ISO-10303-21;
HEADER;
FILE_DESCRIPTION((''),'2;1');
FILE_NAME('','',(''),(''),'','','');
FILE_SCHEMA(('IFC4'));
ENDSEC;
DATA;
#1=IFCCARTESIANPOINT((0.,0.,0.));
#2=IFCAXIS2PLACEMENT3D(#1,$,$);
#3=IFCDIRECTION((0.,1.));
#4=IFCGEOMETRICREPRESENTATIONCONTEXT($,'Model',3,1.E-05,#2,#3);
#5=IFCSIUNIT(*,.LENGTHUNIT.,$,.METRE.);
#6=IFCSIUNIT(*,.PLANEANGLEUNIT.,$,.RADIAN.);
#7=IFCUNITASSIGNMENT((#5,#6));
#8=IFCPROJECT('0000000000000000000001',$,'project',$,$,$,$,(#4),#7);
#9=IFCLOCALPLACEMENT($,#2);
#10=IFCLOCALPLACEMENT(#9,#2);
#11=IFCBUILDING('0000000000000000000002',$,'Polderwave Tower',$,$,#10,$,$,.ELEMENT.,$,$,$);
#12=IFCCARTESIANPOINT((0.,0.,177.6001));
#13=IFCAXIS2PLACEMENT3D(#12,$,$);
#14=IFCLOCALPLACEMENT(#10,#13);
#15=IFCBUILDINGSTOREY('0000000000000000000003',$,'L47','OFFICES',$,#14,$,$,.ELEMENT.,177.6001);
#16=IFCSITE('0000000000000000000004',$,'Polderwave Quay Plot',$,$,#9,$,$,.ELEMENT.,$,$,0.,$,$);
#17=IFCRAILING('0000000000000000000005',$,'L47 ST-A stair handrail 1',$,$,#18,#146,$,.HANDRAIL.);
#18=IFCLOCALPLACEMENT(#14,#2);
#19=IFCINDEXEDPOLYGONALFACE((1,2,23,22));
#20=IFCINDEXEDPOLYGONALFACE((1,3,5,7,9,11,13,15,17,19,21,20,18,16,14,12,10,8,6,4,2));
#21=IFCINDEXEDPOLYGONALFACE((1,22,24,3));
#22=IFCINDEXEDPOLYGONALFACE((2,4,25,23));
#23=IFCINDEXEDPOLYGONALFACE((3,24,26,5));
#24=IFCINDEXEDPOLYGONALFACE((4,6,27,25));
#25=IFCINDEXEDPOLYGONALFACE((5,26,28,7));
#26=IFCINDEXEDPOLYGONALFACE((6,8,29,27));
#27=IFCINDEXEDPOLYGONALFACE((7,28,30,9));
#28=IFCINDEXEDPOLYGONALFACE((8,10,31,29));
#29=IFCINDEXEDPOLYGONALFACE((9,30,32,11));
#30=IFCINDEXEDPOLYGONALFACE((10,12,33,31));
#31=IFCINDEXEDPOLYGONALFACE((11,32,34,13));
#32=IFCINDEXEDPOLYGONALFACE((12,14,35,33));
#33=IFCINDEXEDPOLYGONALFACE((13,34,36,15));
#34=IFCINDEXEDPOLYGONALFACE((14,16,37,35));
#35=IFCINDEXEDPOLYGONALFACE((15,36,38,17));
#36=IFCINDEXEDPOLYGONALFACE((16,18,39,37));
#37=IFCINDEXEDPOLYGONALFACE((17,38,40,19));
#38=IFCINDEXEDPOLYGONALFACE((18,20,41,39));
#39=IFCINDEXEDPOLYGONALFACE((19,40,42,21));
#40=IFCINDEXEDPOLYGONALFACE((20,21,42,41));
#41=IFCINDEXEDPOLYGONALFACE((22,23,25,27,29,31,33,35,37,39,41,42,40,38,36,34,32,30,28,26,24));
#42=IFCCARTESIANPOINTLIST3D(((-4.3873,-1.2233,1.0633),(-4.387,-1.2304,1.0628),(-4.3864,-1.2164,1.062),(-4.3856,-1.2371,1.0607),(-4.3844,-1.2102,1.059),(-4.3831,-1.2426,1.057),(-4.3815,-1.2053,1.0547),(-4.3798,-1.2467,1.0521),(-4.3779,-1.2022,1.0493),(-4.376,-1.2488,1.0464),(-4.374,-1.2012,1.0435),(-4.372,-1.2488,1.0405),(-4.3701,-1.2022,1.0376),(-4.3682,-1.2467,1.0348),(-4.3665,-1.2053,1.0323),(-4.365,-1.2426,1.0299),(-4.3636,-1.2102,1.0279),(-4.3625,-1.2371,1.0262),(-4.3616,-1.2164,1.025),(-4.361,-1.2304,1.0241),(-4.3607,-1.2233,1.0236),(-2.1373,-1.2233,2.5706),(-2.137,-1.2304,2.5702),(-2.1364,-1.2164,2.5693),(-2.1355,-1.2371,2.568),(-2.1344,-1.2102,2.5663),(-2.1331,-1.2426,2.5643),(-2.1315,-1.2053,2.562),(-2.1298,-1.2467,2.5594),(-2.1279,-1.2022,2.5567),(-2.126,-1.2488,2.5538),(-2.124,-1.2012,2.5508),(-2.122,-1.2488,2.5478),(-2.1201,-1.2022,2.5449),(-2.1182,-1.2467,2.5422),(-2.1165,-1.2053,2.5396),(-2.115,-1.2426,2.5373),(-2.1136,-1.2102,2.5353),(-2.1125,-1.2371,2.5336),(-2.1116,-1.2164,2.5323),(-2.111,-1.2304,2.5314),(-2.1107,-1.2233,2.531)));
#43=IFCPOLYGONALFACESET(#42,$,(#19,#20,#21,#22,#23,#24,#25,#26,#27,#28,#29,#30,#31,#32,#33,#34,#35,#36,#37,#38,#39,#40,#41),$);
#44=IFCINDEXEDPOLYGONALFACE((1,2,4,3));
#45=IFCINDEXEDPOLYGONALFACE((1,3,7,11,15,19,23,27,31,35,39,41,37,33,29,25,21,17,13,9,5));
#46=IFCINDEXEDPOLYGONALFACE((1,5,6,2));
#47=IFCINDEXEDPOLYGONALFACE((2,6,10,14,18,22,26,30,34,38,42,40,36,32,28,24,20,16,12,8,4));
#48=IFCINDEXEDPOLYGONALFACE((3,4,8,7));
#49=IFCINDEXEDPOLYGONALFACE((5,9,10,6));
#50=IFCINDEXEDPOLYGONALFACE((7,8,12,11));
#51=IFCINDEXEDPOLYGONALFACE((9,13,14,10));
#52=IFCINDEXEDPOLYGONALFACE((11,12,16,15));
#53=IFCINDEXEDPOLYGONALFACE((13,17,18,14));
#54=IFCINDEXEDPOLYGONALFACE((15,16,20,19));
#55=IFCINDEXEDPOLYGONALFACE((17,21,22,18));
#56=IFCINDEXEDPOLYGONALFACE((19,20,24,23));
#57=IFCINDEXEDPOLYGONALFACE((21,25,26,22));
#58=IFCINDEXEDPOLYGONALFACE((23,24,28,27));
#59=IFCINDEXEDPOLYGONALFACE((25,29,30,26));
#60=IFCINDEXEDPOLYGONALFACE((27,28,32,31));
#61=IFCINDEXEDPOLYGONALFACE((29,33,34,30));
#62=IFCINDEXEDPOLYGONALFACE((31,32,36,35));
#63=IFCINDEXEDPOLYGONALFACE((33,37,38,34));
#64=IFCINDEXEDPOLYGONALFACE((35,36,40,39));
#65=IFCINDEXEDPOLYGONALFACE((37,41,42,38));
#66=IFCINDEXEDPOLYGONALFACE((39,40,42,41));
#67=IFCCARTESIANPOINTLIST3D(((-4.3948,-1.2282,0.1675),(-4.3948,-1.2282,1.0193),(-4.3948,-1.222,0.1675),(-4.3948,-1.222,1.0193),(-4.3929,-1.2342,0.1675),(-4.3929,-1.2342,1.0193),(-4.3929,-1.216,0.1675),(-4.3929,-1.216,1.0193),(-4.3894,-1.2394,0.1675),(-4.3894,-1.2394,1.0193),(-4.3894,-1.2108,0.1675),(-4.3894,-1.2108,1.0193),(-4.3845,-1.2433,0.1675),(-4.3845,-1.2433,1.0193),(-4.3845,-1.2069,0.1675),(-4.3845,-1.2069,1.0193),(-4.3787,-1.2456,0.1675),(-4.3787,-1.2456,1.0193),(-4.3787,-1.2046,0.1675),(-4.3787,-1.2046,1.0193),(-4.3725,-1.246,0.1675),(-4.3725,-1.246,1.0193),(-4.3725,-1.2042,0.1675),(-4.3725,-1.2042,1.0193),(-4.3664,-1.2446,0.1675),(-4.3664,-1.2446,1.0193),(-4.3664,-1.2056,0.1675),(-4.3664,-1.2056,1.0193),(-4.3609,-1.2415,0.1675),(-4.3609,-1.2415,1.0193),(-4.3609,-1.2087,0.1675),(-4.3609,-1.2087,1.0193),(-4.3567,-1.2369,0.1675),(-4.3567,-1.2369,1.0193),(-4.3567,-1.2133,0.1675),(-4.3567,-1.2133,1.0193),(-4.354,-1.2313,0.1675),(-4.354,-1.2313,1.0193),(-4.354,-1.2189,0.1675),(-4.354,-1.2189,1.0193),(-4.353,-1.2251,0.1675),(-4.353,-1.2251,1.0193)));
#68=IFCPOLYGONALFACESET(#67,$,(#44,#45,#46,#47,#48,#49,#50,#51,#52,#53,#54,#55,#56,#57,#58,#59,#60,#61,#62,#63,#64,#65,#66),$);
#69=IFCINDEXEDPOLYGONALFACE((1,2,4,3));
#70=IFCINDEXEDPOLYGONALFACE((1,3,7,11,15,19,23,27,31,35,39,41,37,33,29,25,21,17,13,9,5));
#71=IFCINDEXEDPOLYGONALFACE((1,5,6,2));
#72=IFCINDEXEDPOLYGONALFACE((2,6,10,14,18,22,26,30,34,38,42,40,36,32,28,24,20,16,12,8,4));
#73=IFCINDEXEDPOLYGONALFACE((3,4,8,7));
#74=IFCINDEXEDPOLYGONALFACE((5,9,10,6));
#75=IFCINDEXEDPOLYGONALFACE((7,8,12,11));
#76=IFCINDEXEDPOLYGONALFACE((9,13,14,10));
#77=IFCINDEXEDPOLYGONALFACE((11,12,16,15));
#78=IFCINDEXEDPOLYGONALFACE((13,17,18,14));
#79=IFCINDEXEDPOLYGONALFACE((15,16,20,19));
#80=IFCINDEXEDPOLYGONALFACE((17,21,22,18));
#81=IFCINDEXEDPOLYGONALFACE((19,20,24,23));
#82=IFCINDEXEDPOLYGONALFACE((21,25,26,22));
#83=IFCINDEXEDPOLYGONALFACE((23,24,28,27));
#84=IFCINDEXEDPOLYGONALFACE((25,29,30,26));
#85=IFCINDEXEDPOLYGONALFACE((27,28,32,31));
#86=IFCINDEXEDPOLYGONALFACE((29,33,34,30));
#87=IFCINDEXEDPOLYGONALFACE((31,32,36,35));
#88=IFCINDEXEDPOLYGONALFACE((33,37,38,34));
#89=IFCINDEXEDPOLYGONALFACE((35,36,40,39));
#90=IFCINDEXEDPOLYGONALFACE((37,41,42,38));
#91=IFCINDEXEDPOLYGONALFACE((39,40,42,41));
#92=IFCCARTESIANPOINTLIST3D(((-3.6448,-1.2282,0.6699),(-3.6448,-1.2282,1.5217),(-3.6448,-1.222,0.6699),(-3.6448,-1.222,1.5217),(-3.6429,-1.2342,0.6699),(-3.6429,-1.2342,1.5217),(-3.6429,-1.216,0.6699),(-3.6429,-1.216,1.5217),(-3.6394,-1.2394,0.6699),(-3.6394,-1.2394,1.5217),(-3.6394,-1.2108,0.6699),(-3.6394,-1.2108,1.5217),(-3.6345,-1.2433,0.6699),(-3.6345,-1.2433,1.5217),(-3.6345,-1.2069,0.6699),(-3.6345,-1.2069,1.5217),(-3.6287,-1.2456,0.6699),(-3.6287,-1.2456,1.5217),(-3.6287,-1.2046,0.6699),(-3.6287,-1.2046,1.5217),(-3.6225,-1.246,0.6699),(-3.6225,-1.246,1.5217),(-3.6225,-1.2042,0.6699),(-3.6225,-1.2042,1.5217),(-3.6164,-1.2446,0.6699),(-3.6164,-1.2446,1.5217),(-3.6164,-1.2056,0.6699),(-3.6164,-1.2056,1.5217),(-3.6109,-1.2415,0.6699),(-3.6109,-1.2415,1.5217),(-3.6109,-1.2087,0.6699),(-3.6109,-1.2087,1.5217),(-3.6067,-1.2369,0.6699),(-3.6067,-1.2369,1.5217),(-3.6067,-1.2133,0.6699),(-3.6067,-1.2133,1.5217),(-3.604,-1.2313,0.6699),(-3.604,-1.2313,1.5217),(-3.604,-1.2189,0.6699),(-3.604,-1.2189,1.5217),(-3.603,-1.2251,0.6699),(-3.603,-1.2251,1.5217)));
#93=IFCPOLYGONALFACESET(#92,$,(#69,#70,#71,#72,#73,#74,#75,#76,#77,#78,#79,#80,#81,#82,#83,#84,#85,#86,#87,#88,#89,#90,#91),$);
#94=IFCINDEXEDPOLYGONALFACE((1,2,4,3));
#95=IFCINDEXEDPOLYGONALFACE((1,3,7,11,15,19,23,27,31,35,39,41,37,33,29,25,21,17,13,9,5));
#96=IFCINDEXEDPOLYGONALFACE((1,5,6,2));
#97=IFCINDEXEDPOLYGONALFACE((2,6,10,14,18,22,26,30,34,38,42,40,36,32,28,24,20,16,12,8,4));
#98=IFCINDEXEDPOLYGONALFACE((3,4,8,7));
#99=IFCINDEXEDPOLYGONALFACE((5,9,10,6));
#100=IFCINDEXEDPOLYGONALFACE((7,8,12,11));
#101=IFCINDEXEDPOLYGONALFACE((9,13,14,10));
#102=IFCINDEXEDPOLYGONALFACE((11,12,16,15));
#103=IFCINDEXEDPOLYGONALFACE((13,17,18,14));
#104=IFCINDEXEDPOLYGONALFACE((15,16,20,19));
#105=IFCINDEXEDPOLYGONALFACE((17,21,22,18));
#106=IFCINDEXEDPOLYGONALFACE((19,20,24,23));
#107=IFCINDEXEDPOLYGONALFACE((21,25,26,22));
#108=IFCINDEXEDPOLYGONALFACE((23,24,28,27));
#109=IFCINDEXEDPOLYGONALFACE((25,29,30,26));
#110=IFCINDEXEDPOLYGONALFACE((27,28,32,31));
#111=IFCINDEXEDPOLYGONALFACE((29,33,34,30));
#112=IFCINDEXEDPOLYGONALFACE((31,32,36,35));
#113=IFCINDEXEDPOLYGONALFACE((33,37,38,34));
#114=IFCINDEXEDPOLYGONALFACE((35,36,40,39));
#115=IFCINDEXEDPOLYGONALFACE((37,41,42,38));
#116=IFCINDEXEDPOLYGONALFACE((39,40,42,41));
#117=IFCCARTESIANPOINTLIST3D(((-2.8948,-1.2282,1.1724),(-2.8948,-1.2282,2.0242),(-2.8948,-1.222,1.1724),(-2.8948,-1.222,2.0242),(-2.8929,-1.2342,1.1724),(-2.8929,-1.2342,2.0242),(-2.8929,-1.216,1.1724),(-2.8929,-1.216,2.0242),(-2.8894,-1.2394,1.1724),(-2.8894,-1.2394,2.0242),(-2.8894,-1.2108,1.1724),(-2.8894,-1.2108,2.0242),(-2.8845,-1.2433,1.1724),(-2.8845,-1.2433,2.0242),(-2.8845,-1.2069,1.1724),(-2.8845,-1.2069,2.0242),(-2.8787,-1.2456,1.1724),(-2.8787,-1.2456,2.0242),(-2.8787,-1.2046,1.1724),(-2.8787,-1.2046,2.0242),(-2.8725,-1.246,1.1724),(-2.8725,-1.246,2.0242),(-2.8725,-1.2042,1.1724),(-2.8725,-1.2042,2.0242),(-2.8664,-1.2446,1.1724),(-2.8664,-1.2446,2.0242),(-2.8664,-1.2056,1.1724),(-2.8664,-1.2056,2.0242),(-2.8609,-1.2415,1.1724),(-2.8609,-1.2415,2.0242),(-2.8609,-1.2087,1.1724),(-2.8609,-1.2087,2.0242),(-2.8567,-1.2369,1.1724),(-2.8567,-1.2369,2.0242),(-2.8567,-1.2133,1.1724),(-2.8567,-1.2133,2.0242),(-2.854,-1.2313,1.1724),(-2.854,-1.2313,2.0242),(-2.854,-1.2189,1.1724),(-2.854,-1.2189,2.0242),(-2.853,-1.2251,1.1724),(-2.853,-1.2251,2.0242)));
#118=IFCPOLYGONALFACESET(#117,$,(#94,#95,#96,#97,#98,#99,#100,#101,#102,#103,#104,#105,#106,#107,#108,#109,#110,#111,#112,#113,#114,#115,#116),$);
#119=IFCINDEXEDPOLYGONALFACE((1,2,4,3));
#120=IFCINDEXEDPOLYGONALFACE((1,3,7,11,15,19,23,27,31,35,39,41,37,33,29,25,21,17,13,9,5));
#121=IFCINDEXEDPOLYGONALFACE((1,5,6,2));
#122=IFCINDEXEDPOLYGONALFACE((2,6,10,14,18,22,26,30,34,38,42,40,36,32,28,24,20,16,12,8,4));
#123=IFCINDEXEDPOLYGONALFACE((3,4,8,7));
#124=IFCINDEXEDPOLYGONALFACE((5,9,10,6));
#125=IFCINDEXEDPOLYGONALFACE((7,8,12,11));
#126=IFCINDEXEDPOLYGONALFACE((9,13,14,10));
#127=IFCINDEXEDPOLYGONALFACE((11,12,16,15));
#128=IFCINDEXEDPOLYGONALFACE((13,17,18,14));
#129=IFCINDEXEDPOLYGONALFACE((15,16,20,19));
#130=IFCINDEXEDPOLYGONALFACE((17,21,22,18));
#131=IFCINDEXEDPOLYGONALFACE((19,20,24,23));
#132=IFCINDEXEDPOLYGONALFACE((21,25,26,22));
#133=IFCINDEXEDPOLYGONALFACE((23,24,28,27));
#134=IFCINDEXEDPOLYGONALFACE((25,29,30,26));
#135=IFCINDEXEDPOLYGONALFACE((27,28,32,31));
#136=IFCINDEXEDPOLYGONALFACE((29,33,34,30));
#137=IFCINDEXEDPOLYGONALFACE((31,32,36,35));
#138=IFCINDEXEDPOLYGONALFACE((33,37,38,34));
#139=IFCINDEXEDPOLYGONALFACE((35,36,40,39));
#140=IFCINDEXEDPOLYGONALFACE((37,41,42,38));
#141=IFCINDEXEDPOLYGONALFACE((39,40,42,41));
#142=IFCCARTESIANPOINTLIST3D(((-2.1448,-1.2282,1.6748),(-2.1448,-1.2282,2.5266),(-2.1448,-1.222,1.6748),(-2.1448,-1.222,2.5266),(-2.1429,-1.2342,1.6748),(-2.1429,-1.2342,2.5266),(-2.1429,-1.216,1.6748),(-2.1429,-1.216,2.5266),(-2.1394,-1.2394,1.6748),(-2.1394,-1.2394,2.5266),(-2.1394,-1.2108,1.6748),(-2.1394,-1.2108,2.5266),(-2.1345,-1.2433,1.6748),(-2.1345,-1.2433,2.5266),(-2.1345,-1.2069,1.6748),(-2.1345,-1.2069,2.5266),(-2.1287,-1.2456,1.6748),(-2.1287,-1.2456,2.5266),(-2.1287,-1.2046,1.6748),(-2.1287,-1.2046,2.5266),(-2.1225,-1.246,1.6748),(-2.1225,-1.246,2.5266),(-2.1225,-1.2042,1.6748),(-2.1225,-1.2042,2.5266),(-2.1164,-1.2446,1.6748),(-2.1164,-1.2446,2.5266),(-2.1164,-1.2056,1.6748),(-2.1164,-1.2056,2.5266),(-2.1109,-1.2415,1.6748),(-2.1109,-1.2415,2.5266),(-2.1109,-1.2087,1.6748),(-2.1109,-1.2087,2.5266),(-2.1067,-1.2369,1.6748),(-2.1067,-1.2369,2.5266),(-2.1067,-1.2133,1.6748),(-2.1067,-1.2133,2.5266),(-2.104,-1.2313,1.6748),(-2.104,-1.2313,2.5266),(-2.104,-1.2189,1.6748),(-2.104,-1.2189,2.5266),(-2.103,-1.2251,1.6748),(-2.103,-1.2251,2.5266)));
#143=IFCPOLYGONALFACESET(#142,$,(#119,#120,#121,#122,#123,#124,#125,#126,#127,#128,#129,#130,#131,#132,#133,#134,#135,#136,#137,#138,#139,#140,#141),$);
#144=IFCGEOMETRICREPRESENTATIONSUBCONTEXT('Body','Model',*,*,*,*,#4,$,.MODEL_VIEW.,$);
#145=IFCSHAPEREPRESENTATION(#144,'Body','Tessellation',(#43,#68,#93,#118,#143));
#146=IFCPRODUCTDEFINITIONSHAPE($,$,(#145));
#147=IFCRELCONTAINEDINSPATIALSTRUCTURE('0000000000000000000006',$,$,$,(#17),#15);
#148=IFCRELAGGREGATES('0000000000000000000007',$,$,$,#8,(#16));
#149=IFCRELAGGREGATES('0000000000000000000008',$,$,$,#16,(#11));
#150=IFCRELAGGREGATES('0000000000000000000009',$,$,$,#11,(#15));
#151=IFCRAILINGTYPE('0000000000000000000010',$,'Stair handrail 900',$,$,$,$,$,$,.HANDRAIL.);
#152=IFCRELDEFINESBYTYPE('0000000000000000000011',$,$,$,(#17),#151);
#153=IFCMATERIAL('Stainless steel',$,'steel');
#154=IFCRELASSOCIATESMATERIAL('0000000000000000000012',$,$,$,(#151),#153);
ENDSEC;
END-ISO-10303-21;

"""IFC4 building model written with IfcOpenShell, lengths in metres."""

from ifc_helpers import new_model, si_unit, direction, frame, origin, origin_2d, place, context, subcontext, project, spatial, circle, extrude, material, type_object, element, save


model = new_model("IFC4")

# Units and contexts
model_context = context("Model", 3, precision=1e-05, world=origin(), true_north=direction((0.0, 1.0)))
body_context = subcontext(model_context, "Body", "Model", "MODEL_VIEW")
ifc_project = project(units=[si_unit("LENGTHUNIT", "METRE"), si_unit("PLANEANGLEUNIT", "RADIAN")], contexts=[model_context])

# Site, building, storey
site_placement = place(None, origin())
site = spatial("IfcSite", under=ifc_project, at=site_placement, Name="Polderwave Quay Plot", CompositionType="ELEMENT", RefElevation=0.0)
building_placement = place(site_placement, origin())
building = spatial("IfcBuilding", under=site, at=building_placement, Name="Polderwave Tower", CompositionType="ELEMENT")
storey_placement = place(building_placement, frame((0.0, 0.0, 177.6001)))
storey = spatial("IfcBuildingStorey", under=building, at=storey_placement, Name="L47", Description="OFFICES", CompositionType="ELEMENT", Elevation=177.6001)

# Shared definitions
ifc_material_1 = material(Name="Stainless steel", Category="steel")

# Railing
railing_type_1 = type_object("IfcRailingType", Name="Stair handrail 900", PredefinedType="HANDRAIL", material=ifc_material_1)
railing_1_placement = place(storey_placement, frame((-4.374, -1.2251, 0.1675)))
element("IfcRailing", 1, at=railing_1_placement, inside=storey, type_object=railing_type_1, Name="L47 ST-A stair handrail 1", PredefinedType="HANDRAIL", context=body_context, shape_type="SweptSolid", body=[
    extrude(circle(Radius=0.0239, at=origin_2d()), frame((0.0, 0.0, 0.876), z_axis=(0.8308, 0.0, 0.556571), x_axis=(0.0, 1.0, 0.0)), (0.0, 0.0, 1.0), 2.7083),
    extrude(circle(Radius=0.021, at=origin_2d()), origin(), (0.0, 0.0, 1.0), 0.8518),
    extrude(circle(Radius=0.021, at=origin_2d()), frame((0.75, 0.0, 0.5024)), (0.0, 0.0, 1.0), 0.8518),
    extrude(circle(Radius=0.021, at=origin_2d()), frame((1.5, 0.0, 1.0049)), (0.0, 0.0, 1.0), 0.8518),
    extrude(circle(Radius=0.021, at=origin_2d()), frame((2.25, 0.0, 1.5073)), (0.0, 0.0, 1.0), 0.8518),
])

save(model, "model.ifc")
